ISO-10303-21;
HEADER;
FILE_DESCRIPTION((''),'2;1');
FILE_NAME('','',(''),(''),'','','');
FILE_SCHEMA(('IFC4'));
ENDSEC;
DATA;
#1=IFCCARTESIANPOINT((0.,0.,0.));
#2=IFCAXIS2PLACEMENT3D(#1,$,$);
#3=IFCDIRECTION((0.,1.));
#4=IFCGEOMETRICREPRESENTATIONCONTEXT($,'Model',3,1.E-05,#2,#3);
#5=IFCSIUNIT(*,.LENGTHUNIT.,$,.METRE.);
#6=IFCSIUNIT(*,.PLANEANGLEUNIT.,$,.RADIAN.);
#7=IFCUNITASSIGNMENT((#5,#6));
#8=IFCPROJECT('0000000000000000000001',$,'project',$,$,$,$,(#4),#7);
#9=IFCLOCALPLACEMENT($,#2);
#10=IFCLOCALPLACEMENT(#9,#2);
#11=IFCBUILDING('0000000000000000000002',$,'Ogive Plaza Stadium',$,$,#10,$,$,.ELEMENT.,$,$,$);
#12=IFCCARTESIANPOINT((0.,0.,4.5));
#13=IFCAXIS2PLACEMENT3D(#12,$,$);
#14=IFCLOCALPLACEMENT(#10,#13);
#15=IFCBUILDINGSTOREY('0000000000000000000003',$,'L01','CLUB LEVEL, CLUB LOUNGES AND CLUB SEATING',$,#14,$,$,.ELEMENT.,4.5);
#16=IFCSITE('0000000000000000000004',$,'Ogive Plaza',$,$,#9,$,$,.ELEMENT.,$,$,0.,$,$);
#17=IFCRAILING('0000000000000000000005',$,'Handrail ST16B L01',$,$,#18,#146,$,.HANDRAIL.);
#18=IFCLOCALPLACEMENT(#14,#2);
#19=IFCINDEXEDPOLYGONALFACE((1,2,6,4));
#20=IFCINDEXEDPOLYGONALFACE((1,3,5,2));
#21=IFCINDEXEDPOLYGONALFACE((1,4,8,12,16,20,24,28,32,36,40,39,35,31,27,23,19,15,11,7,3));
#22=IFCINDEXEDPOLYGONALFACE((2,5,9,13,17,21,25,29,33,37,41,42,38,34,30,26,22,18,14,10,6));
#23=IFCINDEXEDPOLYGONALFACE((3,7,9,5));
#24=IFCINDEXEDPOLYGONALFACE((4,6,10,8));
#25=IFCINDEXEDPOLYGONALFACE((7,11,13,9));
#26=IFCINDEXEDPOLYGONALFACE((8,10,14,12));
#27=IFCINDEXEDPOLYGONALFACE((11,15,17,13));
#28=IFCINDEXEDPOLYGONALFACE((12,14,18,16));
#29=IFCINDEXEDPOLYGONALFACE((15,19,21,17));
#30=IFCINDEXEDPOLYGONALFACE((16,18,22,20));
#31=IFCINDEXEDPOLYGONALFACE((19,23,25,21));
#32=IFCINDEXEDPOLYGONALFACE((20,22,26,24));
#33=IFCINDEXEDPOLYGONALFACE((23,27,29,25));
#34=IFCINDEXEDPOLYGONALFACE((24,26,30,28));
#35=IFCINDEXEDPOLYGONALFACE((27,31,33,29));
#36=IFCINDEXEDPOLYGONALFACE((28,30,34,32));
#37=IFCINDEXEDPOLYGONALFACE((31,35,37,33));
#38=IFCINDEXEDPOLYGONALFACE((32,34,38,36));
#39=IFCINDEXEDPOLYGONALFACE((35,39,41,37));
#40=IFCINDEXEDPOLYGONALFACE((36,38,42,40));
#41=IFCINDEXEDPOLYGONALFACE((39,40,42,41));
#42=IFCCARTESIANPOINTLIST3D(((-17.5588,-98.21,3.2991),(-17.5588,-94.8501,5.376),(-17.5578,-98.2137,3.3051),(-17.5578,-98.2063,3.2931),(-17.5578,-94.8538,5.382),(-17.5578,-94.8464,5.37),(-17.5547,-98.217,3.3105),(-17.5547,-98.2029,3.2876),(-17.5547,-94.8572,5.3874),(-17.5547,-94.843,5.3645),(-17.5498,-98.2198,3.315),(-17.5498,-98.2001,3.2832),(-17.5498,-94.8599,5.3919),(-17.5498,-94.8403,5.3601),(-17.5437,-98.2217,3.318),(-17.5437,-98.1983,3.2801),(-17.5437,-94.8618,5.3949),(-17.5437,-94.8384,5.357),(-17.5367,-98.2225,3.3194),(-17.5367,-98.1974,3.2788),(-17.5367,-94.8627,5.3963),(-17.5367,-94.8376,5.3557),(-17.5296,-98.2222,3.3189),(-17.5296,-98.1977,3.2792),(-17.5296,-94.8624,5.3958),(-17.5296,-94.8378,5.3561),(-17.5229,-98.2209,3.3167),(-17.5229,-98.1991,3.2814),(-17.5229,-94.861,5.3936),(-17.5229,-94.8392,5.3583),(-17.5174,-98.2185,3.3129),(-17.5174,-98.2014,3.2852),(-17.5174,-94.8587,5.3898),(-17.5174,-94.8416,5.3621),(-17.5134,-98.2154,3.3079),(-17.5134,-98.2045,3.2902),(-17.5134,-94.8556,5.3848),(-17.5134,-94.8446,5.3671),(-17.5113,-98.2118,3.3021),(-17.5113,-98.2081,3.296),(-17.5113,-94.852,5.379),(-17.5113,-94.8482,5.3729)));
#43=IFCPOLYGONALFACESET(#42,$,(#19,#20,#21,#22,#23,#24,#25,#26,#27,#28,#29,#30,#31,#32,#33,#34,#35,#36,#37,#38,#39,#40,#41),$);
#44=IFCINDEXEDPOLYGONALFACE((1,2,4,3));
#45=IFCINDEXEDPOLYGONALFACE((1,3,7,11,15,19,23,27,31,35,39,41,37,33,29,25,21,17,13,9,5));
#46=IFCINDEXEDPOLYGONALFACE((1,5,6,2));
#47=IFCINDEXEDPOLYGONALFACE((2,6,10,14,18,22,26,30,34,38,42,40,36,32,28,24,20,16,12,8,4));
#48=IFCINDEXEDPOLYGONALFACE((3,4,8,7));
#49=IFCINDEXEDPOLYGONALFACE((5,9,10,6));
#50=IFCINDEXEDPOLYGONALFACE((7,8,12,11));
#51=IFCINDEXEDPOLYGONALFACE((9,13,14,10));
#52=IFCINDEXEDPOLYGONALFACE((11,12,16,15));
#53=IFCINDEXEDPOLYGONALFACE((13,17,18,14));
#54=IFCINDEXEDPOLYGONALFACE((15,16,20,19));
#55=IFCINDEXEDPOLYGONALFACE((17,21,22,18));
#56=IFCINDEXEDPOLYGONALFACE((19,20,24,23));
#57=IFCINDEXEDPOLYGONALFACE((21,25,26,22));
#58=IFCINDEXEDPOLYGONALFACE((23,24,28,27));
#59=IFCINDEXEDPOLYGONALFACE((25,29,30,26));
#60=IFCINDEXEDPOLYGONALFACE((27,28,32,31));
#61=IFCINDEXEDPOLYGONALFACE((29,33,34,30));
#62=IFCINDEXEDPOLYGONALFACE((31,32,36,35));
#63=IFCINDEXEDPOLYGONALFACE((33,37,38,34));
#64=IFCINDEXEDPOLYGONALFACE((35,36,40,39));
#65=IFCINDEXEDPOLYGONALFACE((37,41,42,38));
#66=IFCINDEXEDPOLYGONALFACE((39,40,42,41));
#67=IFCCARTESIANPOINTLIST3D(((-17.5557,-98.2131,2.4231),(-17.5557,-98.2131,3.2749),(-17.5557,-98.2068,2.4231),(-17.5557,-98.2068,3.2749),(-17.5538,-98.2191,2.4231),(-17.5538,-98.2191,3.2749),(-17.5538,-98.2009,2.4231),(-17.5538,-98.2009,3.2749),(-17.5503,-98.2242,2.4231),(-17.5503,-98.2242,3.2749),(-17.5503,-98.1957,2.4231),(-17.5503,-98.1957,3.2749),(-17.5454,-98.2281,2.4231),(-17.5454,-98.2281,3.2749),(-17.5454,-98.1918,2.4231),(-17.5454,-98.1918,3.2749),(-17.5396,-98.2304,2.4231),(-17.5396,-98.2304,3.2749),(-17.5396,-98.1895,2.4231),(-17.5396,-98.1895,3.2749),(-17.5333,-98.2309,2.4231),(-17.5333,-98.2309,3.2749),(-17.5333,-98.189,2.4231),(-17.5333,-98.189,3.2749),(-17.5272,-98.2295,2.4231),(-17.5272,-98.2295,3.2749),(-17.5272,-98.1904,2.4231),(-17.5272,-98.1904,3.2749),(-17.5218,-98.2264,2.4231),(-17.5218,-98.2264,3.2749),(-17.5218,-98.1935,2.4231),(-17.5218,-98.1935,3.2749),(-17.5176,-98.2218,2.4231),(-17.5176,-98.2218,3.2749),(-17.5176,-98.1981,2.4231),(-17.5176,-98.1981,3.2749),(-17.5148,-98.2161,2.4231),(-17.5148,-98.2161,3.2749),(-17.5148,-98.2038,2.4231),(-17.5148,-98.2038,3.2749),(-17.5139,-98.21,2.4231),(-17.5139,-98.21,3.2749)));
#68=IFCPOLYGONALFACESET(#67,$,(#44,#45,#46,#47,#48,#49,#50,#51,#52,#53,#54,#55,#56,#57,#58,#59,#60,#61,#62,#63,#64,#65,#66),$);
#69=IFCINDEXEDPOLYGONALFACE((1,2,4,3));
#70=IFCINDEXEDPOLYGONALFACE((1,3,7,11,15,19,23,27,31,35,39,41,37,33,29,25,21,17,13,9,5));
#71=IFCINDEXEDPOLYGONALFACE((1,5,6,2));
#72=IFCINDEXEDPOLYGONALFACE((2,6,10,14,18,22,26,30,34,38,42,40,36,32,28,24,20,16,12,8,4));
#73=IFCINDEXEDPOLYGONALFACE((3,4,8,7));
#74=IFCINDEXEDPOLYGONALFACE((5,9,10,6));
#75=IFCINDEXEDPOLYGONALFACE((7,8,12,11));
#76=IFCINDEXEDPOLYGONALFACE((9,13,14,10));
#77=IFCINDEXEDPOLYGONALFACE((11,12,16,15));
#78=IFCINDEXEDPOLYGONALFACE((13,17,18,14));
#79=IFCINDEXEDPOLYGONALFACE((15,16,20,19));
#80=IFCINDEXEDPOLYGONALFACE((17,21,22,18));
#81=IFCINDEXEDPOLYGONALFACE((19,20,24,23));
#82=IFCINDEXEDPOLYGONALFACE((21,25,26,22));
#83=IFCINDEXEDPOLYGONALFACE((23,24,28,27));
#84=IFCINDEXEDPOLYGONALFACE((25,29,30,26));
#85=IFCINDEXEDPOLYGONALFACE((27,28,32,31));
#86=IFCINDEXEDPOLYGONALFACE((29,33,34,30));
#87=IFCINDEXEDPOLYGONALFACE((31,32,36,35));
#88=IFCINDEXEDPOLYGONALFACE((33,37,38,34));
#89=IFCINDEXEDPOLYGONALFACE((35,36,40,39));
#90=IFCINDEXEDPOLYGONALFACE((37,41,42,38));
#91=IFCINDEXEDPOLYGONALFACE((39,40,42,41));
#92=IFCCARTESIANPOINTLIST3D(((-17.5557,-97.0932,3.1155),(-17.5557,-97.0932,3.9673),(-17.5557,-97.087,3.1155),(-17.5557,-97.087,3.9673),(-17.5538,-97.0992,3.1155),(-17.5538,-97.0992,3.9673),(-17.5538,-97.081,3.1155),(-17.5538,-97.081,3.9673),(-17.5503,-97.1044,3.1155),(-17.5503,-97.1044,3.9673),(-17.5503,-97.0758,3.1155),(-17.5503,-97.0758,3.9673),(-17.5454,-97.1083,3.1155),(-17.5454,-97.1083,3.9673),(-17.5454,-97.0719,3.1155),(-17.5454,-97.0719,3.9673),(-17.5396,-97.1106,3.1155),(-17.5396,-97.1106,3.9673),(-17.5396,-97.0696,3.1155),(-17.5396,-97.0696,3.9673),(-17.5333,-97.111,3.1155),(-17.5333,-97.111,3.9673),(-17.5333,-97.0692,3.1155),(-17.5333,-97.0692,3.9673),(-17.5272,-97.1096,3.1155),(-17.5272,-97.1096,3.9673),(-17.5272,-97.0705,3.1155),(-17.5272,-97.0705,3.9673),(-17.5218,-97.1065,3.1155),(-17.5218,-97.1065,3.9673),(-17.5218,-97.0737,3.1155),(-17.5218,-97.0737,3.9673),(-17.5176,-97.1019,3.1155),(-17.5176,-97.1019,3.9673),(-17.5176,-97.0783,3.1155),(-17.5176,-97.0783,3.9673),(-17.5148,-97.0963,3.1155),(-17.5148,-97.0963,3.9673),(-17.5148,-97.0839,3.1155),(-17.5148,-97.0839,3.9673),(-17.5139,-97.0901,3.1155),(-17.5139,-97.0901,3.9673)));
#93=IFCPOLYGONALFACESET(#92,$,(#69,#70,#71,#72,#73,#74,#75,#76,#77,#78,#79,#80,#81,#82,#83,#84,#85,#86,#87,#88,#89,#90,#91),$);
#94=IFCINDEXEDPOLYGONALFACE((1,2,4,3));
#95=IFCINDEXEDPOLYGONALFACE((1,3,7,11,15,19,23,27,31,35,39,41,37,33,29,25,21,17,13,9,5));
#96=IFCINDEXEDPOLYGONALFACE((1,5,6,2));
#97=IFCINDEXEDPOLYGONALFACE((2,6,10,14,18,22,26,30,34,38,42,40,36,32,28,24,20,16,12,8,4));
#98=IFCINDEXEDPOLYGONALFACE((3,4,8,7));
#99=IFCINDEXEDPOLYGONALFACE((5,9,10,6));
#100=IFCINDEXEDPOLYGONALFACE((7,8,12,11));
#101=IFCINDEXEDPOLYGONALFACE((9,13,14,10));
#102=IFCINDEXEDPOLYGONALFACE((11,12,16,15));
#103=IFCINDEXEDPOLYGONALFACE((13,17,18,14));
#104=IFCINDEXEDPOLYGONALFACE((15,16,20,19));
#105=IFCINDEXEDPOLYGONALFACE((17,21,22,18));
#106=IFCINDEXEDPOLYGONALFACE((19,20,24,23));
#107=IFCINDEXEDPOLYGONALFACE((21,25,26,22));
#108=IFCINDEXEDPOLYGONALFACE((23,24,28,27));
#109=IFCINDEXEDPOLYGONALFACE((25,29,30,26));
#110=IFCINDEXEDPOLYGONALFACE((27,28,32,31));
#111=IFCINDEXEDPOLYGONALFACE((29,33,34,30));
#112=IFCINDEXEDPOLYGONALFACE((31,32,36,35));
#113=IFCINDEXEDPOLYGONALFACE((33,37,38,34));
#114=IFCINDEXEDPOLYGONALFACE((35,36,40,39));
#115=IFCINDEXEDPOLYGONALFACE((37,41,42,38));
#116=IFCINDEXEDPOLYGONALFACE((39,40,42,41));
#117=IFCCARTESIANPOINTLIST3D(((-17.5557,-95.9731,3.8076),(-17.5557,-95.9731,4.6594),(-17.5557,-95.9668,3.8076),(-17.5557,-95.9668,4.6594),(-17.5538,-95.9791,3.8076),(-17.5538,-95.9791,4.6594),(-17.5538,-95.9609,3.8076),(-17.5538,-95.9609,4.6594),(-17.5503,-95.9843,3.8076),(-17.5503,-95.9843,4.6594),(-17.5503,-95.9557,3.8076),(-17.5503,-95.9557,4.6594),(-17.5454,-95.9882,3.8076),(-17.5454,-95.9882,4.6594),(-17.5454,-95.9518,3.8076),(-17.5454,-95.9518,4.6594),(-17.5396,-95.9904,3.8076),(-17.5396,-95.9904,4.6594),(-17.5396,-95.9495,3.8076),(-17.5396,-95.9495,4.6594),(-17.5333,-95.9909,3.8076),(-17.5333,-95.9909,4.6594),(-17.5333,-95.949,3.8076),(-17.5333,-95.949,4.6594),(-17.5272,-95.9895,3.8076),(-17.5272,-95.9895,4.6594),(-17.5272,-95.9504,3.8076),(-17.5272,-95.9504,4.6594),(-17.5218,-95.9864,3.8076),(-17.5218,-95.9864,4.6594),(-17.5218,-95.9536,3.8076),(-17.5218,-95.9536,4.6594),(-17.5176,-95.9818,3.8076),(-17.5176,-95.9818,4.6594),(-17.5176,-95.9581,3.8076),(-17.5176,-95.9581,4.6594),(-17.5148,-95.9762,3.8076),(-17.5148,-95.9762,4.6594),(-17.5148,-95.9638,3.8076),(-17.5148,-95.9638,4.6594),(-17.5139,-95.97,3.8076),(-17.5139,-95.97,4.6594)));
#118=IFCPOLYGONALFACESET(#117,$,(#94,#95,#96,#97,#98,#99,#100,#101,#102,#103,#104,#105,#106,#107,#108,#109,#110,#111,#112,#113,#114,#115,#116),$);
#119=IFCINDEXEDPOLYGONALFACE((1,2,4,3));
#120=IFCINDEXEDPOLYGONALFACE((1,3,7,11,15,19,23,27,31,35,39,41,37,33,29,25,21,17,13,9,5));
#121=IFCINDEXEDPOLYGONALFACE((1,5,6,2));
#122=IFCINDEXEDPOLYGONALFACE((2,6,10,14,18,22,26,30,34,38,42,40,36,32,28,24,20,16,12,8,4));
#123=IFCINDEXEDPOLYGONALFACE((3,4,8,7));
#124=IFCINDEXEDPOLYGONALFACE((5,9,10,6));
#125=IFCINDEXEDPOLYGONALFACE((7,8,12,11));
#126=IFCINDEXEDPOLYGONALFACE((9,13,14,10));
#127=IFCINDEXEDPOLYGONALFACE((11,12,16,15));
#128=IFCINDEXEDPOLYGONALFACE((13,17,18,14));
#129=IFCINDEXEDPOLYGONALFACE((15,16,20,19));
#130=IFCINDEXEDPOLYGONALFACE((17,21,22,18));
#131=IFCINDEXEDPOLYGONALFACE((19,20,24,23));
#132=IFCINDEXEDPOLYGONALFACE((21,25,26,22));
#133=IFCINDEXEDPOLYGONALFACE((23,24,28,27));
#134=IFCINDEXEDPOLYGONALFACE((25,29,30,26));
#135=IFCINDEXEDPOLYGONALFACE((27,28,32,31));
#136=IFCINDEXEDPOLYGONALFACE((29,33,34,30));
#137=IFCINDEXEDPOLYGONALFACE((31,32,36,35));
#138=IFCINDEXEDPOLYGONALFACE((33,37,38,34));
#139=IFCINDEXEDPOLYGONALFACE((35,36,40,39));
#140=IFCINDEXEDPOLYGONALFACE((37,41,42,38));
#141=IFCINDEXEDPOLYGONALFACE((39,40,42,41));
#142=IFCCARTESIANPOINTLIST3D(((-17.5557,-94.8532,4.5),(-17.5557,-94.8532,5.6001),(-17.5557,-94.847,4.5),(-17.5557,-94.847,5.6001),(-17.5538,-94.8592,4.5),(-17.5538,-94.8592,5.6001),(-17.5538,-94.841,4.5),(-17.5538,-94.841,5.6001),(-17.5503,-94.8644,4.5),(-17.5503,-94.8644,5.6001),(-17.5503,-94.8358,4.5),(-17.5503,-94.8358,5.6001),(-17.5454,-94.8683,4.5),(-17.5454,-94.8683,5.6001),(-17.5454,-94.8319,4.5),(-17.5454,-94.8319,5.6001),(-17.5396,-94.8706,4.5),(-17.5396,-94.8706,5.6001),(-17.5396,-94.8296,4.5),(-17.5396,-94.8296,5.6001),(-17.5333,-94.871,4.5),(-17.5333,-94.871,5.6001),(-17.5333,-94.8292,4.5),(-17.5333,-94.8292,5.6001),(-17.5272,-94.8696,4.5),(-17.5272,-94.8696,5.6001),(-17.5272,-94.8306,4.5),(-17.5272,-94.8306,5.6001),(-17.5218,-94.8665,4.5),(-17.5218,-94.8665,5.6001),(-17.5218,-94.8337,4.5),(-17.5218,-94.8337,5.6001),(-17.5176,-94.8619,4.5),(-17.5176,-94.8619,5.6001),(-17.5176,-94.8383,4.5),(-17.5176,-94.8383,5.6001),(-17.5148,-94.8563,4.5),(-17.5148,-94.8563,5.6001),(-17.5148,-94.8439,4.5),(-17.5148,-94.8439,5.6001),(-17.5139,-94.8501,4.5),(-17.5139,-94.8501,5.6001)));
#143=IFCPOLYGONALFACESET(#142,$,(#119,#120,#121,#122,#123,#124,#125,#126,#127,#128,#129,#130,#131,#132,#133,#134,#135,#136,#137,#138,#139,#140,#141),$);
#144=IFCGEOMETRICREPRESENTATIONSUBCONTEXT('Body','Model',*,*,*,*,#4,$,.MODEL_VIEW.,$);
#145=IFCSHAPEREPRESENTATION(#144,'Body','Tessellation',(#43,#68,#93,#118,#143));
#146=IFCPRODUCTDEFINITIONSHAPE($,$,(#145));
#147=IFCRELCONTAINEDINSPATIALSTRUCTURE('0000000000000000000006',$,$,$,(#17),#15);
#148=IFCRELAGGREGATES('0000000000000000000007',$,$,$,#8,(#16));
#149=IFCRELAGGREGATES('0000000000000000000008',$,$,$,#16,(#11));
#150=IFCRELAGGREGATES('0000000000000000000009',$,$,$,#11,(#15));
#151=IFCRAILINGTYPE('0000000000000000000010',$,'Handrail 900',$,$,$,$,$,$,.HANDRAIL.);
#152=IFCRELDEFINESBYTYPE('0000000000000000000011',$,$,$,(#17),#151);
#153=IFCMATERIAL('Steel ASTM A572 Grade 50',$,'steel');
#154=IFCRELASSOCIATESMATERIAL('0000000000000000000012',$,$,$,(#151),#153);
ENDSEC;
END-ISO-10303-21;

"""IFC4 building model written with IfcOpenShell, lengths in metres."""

from ifc_helpers import new_model, si_unit, direction, frame, origin, origin_2d, place, context, subcontext, project, spatial, circle, extrude, material, type_object, element, save


model = new_model("IFC4")

# Units and contexts
model_context = context("Model", 3, precision=1e-05, world=origin(), true_north=direction((0.0, 1.0)))
body_context = subcontext(model_context, "Body", "Model", "MODEL_VIEW")
ifc_project = project(units=[si_unit("LENGTHUNIT", "METRE"), si_unit("PLANEANGLEUNIT", "RADIAN")], contexts=[model_context])

# Site, building, storey
site_placement = place(None, origin())
site = spatial("IfcSite", under=ifc_project, at=site_placement, Name="Ogive Plaza", CompositionType="ELEMENT", RefElevation=0.0)
building_placement = place(site_placement, origin())
building = spatial("IfcBuilding", under=site, at=building_placement, Name="Ogive Plaza Stadium", CompositionType="ELEMENT")
storey_placement = place(building_placement, frame((0.0, 0.0, 4.5)))
storey = spatial("IfcBuildingStorey", under=building, at=storey_placement, Name="L01", Description="CLUB LEVEL, CLUB LOUNGES AND CLUB SEATING", CompositionType="ELEMENT", Elevation=4.5)

# Railing
ifc_material_1 = material(Name="Steel ASTM A572 Grade 50", Category="steel")
railing_type_1 = type_object("IfcRailingType", Name="Handrail 900", PredefinedType="HANDRAIL", material=ifc_material_1)
for number, where, name in (
    (1, (-17.5349, -98.21, 2.4231), "Handrail ST16B L01"),
):
    element("IfcRailing", number, at=place(storey_placement, frame(where)), inside=storey, type_object=railing_type_1, Name=name, PredefinedType="HANDRAIL", context=body_context, shape_type="SweptSolid", body=[
        extrude(circle(Radius=0.0239, at=origin_2d()), frame((0.0, 0.0, 0.876), z_axis=(0.0, 0.850606, 0.525803), x_axis=(-1.0, 0.0, 0.0)), (0.0, 0.0, 1.0), 3.95),
        extrude(circle(Radius=0.021, at=origin_2d()), origin(), (0.0, 0.0, 1.0), 0.8518),
        extrude(circle(Radius=0.021, at=origin_2d()), frame((0.0, 1.1199, 0.6924)), (0.0, 0.0, 1.0), 0.8518),
        extrude(circle(Radius=0.021, at=origin_2d()), frame((0.0, 2.24, 1.3845)), (0.0, 0.0, 1.0), 0.8518),
        extrude(circle(Radius=0.021, at=origin_2d()), frame((0.0, 3.3599, 2.0769)), (0.0, 0.0, 1.0), 1.1001),
    ])

save(model, "model.ifc")
